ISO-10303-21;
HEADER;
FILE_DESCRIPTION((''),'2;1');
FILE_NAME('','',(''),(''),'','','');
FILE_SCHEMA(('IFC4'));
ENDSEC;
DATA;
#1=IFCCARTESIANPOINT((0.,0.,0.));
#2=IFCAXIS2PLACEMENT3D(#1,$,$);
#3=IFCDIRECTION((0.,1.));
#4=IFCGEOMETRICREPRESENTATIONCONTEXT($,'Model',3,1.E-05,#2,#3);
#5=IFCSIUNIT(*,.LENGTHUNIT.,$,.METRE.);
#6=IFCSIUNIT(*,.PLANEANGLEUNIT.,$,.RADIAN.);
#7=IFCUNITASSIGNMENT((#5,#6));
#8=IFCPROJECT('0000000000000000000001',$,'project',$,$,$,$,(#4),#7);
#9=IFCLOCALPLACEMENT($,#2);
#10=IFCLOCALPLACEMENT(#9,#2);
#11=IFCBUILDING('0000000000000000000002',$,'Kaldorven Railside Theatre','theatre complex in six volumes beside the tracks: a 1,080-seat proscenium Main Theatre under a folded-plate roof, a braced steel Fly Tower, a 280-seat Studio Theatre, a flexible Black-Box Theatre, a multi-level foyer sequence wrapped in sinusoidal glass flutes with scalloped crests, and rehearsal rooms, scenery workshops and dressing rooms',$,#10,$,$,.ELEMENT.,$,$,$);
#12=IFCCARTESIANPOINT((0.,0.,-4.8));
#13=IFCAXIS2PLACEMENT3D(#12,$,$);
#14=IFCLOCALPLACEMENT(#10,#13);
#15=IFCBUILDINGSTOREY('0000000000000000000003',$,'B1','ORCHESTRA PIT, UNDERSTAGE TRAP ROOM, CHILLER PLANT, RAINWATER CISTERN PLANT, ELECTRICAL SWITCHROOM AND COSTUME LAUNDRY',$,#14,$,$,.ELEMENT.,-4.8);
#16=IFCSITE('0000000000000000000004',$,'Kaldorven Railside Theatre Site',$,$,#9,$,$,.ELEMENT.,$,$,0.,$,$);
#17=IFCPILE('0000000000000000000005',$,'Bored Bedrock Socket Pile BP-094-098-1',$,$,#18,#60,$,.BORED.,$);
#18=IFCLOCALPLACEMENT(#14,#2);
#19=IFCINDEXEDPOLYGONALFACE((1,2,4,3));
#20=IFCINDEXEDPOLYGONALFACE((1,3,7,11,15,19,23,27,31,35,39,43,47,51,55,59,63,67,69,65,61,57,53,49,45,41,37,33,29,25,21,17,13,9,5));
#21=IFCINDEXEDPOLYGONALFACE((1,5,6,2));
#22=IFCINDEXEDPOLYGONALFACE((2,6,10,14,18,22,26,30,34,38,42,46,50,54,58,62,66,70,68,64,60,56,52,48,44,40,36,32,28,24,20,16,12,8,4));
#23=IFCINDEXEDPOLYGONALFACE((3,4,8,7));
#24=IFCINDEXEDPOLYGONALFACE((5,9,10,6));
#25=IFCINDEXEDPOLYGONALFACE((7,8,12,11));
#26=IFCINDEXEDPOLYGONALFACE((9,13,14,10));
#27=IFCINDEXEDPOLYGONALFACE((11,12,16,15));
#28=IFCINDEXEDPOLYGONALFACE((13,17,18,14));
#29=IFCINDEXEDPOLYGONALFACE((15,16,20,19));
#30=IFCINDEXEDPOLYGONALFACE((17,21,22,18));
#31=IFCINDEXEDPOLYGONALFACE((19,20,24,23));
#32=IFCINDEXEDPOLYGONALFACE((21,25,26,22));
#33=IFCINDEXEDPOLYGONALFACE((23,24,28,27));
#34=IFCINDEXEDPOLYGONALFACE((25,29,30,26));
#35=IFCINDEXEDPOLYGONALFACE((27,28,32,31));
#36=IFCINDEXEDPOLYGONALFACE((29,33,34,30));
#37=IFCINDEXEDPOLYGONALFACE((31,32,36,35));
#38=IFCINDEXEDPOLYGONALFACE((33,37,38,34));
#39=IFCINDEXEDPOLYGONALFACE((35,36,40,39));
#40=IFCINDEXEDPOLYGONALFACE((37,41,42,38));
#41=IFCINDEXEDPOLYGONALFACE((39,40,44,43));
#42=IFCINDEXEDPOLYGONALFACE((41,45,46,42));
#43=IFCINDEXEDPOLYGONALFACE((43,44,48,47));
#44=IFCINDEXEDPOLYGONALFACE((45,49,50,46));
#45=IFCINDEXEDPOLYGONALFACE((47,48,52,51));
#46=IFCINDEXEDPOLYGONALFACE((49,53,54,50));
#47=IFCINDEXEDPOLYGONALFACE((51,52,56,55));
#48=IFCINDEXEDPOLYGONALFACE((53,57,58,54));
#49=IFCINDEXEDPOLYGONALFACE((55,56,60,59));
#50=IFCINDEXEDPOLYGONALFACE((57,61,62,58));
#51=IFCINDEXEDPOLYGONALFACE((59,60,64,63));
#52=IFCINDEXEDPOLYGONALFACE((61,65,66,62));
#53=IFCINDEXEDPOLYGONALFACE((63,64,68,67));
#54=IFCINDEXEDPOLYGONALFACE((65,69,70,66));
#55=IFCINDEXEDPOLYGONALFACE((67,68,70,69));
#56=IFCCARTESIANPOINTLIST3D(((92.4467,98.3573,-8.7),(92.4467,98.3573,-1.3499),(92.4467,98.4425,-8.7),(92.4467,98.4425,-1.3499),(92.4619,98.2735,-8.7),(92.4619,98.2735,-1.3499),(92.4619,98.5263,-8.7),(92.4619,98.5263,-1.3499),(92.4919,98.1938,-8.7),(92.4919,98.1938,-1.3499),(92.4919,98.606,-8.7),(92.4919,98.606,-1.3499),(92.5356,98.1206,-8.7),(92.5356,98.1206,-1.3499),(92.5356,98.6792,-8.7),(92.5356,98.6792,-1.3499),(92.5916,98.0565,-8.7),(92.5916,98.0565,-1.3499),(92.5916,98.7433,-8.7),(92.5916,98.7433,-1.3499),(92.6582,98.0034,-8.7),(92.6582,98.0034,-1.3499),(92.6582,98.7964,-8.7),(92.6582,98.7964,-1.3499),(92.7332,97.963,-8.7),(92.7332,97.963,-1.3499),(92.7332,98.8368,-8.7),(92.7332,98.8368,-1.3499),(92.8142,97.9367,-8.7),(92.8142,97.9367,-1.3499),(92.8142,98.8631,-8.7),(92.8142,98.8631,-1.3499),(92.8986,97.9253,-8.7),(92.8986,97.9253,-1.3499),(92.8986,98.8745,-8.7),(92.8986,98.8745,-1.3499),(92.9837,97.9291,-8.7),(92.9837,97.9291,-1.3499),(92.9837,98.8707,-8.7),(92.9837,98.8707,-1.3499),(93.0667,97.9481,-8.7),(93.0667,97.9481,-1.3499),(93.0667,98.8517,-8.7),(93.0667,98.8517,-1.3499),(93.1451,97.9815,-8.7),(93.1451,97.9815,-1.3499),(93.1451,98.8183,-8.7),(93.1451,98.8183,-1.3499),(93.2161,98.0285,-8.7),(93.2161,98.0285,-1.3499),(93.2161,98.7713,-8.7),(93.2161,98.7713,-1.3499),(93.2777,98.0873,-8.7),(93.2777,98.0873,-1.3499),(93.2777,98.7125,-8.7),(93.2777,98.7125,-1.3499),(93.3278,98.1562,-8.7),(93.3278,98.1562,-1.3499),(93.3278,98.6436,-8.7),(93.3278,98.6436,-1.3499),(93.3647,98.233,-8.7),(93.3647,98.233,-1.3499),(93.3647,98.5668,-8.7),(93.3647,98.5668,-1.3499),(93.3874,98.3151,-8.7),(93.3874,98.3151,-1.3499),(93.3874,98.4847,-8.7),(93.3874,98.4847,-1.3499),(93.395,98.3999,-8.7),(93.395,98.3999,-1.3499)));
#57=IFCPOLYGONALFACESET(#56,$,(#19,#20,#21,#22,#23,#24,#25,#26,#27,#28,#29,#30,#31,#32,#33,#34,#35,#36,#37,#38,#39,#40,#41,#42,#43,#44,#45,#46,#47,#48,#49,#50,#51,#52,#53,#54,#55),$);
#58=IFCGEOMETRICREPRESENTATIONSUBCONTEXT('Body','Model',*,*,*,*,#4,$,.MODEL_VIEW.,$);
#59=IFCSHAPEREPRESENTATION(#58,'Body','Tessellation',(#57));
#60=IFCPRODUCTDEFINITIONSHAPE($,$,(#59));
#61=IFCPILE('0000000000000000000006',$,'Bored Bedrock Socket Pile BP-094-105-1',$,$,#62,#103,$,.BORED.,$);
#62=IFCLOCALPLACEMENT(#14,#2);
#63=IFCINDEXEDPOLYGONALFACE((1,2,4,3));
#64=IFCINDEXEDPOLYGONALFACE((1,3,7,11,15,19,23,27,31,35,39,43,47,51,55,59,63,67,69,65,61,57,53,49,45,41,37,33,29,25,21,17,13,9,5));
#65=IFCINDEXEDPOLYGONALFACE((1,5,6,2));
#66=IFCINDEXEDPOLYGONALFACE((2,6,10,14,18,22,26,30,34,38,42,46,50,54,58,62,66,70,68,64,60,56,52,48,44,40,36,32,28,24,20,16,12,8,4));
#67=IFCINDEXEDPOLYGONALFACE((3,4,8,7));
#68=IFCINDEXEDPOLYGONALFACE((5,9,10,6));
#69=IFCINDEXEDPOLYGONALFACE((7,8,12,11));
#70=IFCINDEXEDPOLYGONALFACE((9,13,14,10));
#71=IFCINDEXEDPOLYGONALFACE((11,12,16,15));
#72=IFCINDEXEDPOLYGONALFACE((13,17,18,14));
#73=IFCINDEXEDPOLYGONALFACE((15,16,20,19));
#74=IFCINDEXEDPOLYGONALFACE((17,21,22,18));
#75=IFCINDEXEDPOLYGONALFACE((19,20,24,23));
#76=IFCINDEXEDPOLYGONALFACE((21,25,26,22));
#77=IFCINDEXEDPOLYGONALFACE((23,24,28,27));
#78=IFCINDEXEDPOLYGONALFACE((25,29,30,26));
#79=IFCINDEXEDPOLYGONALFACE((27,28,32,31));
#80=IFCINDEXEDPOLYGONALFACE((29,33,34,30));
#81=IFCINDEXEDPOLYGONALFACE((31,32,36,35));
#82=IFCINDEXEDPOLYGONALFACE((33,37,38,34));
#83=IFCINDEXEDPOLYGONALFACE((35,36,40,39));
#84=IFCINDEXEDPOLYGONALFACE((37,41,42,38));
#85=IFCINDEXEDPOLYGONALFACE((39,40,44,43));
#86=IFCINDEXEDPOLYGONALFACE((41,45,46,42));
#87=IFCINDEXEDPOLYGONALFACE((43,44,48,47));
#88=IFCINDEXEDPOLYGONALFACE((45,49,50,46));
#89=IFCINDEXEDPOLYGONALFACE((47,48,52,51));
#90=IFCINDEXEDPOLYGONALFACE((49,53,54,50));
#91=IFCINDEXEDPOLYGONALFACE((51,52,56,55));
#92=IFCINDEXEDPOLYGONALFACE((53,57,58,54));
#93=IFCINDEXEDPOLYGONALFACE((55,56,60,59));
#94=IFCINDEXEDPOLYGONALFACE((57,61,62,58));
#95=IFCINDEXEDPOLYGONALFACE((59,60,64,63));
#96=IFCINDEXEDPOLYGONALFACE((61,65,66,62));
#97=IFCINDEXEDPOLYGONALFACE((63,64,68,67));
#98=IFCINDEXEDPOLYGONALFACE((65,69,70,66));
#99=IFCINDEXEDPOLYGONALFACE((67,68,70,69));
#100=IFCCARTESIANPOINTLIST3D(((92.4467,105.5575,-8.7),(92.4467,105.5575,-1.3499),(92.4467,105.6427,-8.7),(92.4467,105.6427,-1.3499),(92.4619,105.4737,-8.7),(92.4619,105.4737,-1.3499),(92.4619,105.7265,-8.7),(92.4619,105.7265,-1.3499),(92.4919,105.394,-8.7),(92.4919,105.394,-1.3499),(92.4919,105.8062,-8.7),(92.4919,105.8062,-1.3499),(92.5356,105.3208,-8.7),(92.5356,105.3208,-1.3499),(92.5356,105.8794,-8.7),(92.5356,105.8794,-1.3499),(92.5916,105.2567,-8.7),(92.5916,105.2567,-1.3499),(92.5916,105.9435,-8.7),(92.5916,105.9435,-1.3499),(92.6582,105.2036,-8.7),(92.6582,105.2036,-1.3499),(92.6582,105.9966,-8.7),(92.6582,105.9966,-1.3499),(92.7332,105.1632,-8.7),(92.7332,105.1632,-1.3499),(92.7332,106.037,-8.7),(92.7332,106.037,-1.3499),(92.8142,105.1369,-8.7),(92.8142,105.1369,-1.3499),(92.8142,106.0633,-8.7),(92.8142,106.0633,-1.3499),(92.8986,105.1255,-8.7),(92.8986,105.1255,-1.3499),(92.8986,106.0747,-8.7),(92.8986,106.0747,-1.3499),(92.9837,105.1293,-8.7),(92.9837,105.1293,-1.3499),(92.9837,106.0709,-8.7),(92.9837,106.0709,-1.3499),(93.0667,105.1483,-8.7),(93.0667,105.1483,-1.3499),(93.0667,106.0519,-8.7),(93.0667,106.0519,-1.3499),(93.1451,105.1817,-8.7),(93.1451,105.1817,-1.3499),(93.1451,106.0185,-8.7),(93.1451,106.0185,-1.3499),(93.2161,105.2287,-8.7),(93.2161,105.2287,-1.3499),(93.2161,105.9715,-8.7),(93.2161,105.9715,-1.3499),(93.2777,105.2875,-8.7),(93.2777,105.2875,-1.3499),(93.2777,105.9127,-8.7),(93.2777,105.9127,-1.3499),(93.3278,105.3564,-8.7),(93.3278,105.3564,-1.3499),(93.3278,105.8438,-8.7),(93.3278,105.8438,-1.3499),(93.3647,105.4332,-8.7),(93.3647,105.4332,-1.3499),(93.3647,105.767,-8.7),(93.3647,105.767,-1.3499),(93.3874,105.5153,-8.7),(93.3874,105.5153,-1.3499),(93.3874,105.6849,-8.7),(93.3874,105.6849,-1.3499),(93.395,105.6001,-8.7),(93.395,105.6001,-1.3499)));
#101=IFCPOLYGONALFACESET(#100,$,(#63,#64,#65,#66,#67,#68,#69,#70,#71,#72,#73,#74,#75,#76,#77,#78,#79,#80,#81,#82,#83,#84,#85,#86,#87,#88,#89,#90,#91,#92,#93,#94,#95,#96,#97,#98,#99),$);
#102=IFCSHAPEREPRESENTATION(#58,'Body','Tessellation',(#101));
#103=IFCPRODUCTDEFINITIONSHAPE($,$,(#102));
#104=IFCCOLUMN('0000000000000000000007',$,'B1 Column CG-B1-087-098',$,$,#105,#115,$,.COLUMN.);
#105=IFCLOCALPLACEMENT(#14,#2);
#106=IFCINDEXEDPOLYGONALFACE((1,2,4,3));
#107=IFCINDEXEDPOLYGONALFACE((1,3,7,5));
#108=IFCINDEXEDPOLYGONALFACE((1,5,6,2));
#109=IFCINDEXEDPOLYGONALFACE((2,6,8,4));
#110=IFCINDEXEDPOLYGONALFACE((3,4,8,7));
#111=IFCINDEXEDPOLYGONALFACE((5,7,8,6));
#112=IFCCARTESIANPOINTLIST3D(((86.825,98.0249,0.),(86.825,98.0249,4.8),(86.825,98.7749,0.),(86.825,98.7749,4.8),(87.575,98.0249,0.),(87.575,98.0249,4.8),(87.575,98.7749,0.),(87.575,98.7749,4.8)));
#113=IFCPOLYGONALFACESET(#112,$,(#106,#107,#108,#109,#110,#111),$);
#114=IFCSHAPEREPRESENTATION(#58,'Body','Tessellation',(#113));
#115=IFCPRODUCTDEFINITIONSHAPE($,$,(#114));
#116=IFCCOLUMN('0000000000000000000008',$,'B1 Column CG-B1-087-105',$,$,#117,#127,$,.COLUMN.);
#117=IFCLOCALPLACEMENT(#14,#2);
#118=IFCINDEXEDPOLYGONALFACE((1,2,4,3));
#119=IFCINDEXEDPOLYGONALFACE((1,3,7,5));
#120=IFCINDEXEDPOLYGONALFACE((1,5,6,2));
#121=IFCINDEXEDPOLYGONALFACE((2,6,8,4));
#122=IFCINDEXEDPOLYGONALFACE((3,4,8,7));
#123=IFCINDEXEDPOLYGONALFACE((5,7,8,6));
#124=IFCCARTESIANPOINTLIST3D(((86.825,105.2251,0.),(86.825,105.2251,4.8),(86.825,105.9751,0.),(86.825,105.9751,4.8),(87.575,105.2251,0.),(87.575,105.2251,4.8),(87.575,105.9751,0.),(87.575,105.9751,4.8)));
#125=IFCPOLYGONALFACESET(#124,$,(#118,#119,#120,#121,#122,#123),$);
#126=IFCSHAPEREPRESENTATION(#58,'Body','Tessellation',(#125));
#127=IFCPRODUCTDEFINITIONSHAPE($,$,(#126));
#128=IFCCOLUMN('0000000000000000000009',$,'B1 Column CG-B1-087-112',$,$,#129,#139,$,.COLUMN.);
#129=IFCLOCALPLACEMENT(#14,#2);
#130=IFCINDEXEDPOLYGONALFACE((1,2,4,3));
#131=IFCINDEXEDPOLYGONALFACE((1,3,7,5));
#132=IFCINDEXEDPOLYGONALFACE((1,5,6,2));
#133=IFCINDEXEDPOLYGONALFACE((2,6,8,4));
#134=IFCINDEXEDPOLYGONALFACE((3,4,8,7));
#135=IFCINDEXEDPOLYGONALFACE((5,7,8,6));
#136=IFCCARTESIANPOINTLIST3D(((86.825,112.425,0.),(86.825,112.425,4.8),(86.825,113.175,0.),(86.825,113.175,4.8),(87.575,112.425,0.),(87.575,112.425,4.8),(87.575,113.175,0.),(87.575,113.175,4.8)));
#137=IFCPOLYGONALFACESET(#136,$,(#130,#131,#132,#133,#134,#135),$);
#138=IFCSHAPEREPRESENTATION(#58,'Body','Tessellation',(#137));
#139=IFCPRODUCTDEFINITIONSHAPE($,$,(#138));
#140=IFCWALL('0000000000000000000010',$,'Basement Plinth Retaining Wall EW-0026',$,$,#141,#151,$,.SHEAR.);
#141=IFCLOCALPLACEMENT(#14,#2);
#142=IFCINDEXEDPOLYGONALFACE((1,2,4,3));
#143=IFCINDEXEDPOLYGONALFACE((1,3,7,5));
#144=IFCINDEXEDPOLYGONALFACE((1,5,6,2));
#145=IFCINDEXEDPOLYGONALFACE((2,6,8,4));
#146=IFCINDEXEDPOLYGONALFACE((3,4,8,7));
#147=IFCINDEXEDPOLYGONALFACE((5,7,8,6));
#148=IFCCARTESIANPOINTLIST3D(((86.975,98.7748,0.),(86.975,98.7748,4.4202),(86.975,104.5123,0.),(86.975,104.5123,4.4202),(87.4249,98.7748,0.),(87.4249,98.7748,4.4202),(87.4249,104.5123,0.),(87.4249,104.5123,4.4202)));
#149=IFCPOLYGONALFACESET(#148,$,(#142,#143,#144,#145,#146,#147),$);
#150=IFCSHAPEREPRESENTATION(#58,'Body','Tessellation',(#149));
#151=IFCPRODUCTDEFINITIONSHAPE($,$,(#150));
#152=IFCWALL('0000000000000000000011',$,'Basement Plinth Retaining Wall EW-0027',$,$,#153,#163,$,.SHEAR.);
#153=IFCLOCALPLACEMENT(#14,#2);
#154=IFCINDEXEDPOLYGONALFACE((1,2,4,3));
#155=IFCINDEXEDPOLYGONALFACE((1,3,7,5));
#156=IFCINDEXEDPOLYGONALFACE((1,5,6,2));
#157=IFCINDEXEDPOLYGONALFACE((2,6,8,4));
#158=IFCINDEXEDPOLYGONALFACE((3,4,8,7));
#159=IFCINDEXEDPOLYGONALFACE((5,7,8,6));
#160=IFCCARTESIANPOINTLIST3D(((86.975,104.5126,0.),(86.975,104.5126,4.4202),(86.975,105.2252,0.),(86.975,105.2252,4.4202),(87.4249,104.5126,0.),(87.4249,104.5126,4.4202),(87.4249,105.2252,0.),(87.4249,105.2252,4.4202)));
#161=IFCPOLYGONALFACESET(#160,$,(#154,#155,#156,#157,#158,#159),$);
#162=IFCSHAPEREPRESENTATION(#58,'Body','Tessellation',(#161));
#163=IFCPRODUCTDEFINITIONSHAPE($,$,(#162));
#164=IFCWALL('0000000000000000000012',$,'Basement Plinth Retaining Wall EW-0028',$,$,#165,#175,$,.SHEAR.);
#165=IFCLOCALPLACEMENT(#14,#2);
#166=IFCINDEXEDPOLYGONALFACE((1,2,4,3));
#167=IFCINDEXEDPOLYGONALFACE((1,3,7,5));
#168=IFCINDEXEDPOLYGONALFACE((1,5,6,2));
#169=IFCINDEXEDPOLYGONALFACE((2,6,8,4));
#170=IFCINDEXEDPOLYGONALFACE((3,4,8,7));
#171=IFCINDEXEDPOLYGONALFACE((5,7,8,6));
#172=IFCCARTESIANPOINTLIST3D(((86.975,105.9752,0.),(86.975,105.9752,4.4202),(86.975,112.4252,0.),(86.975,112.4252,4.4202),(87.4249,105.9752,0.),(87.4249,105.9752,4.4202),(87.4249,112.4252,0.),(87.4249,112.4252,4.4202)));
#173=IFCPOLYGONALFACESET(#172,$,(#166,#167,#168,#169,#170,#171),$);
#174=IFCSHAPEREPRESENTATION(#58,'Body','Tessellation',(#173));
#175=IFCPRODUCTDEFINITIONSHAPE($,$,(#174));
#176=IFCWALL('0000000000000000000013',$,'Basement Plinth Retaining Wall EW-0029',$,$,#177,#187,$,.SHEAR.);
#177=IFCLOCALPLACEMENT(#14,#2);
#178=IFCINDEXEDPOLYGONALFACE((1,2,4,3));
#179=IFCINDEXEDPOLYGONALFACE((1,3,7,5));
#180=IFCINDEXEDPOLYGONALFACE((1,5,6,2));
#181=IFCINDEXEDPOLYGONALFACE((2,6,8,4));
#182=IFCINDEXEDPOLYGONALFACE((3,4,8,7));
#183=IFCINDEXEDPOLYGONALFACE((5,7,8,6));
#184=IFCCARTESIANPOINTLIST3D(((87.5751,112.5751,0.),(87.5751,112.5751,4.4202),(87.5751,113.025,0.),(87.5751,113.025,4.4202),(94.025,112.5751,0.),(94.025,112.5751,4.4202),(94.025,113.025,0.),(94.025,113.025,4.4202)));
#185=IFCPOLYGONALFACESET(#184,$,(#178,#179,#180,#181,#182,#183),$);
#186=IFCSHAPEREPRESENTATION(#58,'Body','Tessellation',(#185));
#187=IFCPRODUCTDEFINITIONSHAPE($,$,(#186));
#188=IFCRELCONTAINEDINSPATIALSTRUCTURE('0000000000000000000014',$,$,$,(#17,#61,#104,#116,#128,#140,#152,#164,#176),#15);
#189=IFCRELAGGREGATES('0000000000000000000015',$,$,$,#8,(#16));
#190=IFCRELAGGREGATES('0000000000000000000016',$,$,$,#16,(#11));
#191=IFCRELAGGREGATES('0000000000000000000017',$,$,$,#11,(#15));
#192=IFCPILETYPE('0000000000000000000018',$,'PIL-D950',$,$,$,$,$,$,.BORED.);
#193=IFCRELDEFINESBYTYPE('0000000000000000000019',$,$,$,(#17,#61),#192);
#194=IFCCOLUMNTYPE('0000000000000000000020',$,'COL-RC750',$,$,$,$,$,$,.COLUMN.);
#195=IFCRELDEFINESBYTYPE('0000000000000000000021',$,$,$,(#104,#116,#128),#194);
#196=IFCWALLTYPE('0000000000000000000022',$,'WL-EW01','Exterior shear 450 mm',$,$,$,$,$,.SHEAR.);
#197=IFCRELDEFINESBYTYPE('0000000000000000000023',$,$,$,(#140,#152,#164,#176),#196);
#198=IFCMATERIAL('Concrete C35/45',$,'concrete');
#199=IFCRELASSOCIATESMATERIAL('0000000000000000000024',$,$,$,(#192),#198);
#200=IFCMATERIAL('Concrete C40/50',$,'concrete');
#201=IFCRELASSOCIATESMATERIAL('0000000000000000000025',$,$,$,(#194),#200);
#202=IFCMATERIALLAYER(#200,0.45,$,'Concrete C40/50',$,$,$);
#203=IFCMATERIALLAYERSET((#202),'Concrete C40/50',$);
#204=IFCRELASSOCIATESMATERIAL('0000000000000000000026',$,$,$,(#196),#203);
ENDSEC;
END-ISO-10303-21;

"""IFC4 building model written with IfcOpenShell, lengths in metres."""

from ifc_helpers import new_model, si_unit, direction, frame, frame_2d, origin, origin_2d, place, context, subcontext, project, spatial, rectangle, circle, extrude, material, layer, layer_set, material_profile, profile_set, type_object, element, save


model = new_model("IFC4")

# Units and contexts
model_context = context("Model", 3, precision=1e-05, world=origin(), true_north=direction((0.0, 1.0)))
body_context = subcontext(model_context, "Body", "Model", "MODEL_VIEW")
ifc_project = project(units=[si_unit("LENGTHUNIT", "METRE"), si_unit("PLANEANGLEUNIT", "RADIAN")], contexts=[model_context])

# Site, building, storey
site_placement = place(None, origin())
site = spatial("IfcSite", under=ifc_project, at=site_placement, Name="Kaldorven Railside Theatre Site", CompositionType="ELEMENT", RefElevation=0.0)
building_placement = place(site_placement, origin())
building = spatial("IfcBuilding", under=site, at=building_placement, Name="Kaldorven Railside Theatre", Description="theatre complex in six volumes beside the tracks: a 1,080-seat proscenium Main Theatre under a folded-plate roof, a braced steel Fly Tower, a 280-seat Studio Theatre, a flexible Black-Box Theatre, a multi-level foyer sequence wrapped in sinusoidal glass flutes with scalloped crests, and rehearsal rooms, scenery workshops and dressing rooms", CompositionType="ELEMENT")
storey_placement = place(building_placement, frame((0.0, 0.0, -4.8)))
storey = spatial("IfcBuildingStorey", under=building, at=storey_placement, Name="B1", Description="ORCHESTRA PIT, UNDERSTAGE TRAP ROOM, CHILLER PLANT, RAINWATER CISTERN PLANT, ELECTRICAL SWITCHROOM AND COSTUME LAUNDRY", CompositionType="ELEMENT", Elevation=-4.8)

# Shared definitions
ifc_material_1 = material(Name="Concrete C40/50", Category="concrete")

# Piles
ifc_material_2 = material(Name="Concrete C35/45", Category="concrete")
ifc_material_profile_1 = material_profile(ifc_material_2, circle(Radius=0.4751, at=origin_2d()), Name="BP D950")
ifc_profile_set_1 = profile_set([ifc_material_profile_1], Name="Concrete C35/45")
pile_type_1 = type_object("IfcPileType", Name="PIL-D950", PredefinedType="BORED", material=ifc_profile_set_1)
for number, where, z_axis, x_axis, name in (
    (1, (92.9199, 98.3999, -1.3499), (0.0, 0.0, -1.0), (1.0, 0.0, 0.0), "Bored Bedrock Socket Pile BP-094-098-1"),
    (2, (92.9199, 105.6001, -1.3499), (0.0, 0.0, -1.0), (1.0, 0.0, 0.0), "Bored Bedrock Socket Pile BP-094-105-1"),
):
    element("IfcPile", number, at=place(storey_placement, frame(where, z_axis=z_axis, x_axis=x_axis)), inside=storey, type_object=pile_type_1, Name=name, PredefinedType="BORED", context=body_context, shape_type="SweptSolid", body=[
        extrude(circle(Radius=0.4751, at=origin_2d()), origin(), (0.0, 0.0, 1.0), 7.3501),
    ])

# Columns
ifc_material_profile_2 = material_profile(ifc_material_1, rectangle(XDim=0.75, YDim=0.75, at=origin_2d()), Name="RC 750x750")
ifc_profile_set_2 = profile_set([ifc_material_profile_2], Name="Concrete C40/50")
column_type = type_object("IfcColumnType", Name="COL-RC750", PredefinedType="COLUMN", material=ifc_profile_set_2)
for number, where, z_axis, x_axis, name in (
    (3, (87.2, 98.3999, 0.0), (0.0, 0.0, 1.0), (0.0, 1.0, 0.0), "B1 Column CG-B1-087-098"),
    (4, (87.2, 105.6001, 0.0), (0.0, 0.0, 1.0), (1.0, 0.0, 0.0), "B1 Column CG-B1-087-105"),
    (5, (87.2, 112.8, 0.0), (0.0, 0.0, 1.0), (1.0, 0.0, 0.0), "B1 Column CG-B1-087-112"),
):
    element("IfcColumn", number, at=place(storey_placement, frame(where, z_axis=z_axis, x_axis=x_axis)), inside=storey, type_object=column_type, Name=name, PredefinedType="COLUMN", context=body_context, shape_type="SweptSolid", body=[
        extrude(rectangle(XDim=0.75, YDim=0.75, at=origin_2d()), origin(), (0.0, 0.0, 1.0), 4.8),
    ])

# Walls
ifc_layer = layer(ifc_material_1, 0.45, Name="Concrete C40/50")
ifc_layer_set = layer_set([ifc_layer], Name="Concrete C40/50")
wall_type = type_object("IfcWallType", Name="WL-EW01", Description="Exterior shear 450 mm", PredefinedType="SHEAR", material=ifc_layer_set)
wall_1_placement = place(storey_placement, frame((87.2, 98.7749, 0.0), z_axis=(0.0, 0.0, 1.0), x_axis=(0.0, 1.0, 0.0)))
element("IfcWall", 6, at=wall_1_placement, inside=storey, type_object=wall_type, Name="Basement Plinth Retaining Wall EW-0026", PredefinedType="SHEAR", context=body_context, shape_type="SweptSolid", body=[
    extrude(rectangle(XDim=5.7375, YDim=0.45, at=frame_2d((2.8687, 0.0))), origin(), (0.0, 0.0, 1.0), 4.4202),
])
wall_2_placement = place(storey_placement, frame((87.2, 104.5125, 0.0), z_axis=(0.0, 0.0, 1.0), x_axis=(0.0, 1.0, 0.0)))
element("IfcWall", 7, at=wall_2_placement, inside=storey, type_object=wall_type, Name="Basement Plinth Retaining Wall EW-0027", PredefinedType="SHEAR", context=body_context, shape_type="SweptSolid", body=[
    extrude(rectangle(XDim=0.7126, YDim=0.45, at=frame_2d((0.3564, 0.0))), origin(), (0.0, 0.0, 1.0), 4.4202),
])
for number, where, z_axis, x_axis, name in (
    (8, (87.2, 105.9751, 0.0), (0.0, 0.0, 1.0), (0.0, 1.0, 0.0), "Basement Plinth Retaining Wall EW-0028"),
    (9, (87.575, 112.8, 0.0), (0.0, 0.0, 1.0), (1.0, 0.0, 0.0), "Basement Plinth Retaining Wall EW-0029"),
):
    element("IfcWall", number, at=place(storey_placement, frame(where, z_axis=z_axis, x_axis=x_axis)), inside=storey, type_object=wall_type, Name=name, PredefinedType="SHEAR", context=body_context, shape_type="SweptSolid", body=[
        extrude(rectangle(XDim=6.45, YDim=0.45, at=frame_2d((3.2251, 0.0))), origin(), (0.0, 0.0, 1.0), 4.4202),
    ])

save(model, "model.ifc")
